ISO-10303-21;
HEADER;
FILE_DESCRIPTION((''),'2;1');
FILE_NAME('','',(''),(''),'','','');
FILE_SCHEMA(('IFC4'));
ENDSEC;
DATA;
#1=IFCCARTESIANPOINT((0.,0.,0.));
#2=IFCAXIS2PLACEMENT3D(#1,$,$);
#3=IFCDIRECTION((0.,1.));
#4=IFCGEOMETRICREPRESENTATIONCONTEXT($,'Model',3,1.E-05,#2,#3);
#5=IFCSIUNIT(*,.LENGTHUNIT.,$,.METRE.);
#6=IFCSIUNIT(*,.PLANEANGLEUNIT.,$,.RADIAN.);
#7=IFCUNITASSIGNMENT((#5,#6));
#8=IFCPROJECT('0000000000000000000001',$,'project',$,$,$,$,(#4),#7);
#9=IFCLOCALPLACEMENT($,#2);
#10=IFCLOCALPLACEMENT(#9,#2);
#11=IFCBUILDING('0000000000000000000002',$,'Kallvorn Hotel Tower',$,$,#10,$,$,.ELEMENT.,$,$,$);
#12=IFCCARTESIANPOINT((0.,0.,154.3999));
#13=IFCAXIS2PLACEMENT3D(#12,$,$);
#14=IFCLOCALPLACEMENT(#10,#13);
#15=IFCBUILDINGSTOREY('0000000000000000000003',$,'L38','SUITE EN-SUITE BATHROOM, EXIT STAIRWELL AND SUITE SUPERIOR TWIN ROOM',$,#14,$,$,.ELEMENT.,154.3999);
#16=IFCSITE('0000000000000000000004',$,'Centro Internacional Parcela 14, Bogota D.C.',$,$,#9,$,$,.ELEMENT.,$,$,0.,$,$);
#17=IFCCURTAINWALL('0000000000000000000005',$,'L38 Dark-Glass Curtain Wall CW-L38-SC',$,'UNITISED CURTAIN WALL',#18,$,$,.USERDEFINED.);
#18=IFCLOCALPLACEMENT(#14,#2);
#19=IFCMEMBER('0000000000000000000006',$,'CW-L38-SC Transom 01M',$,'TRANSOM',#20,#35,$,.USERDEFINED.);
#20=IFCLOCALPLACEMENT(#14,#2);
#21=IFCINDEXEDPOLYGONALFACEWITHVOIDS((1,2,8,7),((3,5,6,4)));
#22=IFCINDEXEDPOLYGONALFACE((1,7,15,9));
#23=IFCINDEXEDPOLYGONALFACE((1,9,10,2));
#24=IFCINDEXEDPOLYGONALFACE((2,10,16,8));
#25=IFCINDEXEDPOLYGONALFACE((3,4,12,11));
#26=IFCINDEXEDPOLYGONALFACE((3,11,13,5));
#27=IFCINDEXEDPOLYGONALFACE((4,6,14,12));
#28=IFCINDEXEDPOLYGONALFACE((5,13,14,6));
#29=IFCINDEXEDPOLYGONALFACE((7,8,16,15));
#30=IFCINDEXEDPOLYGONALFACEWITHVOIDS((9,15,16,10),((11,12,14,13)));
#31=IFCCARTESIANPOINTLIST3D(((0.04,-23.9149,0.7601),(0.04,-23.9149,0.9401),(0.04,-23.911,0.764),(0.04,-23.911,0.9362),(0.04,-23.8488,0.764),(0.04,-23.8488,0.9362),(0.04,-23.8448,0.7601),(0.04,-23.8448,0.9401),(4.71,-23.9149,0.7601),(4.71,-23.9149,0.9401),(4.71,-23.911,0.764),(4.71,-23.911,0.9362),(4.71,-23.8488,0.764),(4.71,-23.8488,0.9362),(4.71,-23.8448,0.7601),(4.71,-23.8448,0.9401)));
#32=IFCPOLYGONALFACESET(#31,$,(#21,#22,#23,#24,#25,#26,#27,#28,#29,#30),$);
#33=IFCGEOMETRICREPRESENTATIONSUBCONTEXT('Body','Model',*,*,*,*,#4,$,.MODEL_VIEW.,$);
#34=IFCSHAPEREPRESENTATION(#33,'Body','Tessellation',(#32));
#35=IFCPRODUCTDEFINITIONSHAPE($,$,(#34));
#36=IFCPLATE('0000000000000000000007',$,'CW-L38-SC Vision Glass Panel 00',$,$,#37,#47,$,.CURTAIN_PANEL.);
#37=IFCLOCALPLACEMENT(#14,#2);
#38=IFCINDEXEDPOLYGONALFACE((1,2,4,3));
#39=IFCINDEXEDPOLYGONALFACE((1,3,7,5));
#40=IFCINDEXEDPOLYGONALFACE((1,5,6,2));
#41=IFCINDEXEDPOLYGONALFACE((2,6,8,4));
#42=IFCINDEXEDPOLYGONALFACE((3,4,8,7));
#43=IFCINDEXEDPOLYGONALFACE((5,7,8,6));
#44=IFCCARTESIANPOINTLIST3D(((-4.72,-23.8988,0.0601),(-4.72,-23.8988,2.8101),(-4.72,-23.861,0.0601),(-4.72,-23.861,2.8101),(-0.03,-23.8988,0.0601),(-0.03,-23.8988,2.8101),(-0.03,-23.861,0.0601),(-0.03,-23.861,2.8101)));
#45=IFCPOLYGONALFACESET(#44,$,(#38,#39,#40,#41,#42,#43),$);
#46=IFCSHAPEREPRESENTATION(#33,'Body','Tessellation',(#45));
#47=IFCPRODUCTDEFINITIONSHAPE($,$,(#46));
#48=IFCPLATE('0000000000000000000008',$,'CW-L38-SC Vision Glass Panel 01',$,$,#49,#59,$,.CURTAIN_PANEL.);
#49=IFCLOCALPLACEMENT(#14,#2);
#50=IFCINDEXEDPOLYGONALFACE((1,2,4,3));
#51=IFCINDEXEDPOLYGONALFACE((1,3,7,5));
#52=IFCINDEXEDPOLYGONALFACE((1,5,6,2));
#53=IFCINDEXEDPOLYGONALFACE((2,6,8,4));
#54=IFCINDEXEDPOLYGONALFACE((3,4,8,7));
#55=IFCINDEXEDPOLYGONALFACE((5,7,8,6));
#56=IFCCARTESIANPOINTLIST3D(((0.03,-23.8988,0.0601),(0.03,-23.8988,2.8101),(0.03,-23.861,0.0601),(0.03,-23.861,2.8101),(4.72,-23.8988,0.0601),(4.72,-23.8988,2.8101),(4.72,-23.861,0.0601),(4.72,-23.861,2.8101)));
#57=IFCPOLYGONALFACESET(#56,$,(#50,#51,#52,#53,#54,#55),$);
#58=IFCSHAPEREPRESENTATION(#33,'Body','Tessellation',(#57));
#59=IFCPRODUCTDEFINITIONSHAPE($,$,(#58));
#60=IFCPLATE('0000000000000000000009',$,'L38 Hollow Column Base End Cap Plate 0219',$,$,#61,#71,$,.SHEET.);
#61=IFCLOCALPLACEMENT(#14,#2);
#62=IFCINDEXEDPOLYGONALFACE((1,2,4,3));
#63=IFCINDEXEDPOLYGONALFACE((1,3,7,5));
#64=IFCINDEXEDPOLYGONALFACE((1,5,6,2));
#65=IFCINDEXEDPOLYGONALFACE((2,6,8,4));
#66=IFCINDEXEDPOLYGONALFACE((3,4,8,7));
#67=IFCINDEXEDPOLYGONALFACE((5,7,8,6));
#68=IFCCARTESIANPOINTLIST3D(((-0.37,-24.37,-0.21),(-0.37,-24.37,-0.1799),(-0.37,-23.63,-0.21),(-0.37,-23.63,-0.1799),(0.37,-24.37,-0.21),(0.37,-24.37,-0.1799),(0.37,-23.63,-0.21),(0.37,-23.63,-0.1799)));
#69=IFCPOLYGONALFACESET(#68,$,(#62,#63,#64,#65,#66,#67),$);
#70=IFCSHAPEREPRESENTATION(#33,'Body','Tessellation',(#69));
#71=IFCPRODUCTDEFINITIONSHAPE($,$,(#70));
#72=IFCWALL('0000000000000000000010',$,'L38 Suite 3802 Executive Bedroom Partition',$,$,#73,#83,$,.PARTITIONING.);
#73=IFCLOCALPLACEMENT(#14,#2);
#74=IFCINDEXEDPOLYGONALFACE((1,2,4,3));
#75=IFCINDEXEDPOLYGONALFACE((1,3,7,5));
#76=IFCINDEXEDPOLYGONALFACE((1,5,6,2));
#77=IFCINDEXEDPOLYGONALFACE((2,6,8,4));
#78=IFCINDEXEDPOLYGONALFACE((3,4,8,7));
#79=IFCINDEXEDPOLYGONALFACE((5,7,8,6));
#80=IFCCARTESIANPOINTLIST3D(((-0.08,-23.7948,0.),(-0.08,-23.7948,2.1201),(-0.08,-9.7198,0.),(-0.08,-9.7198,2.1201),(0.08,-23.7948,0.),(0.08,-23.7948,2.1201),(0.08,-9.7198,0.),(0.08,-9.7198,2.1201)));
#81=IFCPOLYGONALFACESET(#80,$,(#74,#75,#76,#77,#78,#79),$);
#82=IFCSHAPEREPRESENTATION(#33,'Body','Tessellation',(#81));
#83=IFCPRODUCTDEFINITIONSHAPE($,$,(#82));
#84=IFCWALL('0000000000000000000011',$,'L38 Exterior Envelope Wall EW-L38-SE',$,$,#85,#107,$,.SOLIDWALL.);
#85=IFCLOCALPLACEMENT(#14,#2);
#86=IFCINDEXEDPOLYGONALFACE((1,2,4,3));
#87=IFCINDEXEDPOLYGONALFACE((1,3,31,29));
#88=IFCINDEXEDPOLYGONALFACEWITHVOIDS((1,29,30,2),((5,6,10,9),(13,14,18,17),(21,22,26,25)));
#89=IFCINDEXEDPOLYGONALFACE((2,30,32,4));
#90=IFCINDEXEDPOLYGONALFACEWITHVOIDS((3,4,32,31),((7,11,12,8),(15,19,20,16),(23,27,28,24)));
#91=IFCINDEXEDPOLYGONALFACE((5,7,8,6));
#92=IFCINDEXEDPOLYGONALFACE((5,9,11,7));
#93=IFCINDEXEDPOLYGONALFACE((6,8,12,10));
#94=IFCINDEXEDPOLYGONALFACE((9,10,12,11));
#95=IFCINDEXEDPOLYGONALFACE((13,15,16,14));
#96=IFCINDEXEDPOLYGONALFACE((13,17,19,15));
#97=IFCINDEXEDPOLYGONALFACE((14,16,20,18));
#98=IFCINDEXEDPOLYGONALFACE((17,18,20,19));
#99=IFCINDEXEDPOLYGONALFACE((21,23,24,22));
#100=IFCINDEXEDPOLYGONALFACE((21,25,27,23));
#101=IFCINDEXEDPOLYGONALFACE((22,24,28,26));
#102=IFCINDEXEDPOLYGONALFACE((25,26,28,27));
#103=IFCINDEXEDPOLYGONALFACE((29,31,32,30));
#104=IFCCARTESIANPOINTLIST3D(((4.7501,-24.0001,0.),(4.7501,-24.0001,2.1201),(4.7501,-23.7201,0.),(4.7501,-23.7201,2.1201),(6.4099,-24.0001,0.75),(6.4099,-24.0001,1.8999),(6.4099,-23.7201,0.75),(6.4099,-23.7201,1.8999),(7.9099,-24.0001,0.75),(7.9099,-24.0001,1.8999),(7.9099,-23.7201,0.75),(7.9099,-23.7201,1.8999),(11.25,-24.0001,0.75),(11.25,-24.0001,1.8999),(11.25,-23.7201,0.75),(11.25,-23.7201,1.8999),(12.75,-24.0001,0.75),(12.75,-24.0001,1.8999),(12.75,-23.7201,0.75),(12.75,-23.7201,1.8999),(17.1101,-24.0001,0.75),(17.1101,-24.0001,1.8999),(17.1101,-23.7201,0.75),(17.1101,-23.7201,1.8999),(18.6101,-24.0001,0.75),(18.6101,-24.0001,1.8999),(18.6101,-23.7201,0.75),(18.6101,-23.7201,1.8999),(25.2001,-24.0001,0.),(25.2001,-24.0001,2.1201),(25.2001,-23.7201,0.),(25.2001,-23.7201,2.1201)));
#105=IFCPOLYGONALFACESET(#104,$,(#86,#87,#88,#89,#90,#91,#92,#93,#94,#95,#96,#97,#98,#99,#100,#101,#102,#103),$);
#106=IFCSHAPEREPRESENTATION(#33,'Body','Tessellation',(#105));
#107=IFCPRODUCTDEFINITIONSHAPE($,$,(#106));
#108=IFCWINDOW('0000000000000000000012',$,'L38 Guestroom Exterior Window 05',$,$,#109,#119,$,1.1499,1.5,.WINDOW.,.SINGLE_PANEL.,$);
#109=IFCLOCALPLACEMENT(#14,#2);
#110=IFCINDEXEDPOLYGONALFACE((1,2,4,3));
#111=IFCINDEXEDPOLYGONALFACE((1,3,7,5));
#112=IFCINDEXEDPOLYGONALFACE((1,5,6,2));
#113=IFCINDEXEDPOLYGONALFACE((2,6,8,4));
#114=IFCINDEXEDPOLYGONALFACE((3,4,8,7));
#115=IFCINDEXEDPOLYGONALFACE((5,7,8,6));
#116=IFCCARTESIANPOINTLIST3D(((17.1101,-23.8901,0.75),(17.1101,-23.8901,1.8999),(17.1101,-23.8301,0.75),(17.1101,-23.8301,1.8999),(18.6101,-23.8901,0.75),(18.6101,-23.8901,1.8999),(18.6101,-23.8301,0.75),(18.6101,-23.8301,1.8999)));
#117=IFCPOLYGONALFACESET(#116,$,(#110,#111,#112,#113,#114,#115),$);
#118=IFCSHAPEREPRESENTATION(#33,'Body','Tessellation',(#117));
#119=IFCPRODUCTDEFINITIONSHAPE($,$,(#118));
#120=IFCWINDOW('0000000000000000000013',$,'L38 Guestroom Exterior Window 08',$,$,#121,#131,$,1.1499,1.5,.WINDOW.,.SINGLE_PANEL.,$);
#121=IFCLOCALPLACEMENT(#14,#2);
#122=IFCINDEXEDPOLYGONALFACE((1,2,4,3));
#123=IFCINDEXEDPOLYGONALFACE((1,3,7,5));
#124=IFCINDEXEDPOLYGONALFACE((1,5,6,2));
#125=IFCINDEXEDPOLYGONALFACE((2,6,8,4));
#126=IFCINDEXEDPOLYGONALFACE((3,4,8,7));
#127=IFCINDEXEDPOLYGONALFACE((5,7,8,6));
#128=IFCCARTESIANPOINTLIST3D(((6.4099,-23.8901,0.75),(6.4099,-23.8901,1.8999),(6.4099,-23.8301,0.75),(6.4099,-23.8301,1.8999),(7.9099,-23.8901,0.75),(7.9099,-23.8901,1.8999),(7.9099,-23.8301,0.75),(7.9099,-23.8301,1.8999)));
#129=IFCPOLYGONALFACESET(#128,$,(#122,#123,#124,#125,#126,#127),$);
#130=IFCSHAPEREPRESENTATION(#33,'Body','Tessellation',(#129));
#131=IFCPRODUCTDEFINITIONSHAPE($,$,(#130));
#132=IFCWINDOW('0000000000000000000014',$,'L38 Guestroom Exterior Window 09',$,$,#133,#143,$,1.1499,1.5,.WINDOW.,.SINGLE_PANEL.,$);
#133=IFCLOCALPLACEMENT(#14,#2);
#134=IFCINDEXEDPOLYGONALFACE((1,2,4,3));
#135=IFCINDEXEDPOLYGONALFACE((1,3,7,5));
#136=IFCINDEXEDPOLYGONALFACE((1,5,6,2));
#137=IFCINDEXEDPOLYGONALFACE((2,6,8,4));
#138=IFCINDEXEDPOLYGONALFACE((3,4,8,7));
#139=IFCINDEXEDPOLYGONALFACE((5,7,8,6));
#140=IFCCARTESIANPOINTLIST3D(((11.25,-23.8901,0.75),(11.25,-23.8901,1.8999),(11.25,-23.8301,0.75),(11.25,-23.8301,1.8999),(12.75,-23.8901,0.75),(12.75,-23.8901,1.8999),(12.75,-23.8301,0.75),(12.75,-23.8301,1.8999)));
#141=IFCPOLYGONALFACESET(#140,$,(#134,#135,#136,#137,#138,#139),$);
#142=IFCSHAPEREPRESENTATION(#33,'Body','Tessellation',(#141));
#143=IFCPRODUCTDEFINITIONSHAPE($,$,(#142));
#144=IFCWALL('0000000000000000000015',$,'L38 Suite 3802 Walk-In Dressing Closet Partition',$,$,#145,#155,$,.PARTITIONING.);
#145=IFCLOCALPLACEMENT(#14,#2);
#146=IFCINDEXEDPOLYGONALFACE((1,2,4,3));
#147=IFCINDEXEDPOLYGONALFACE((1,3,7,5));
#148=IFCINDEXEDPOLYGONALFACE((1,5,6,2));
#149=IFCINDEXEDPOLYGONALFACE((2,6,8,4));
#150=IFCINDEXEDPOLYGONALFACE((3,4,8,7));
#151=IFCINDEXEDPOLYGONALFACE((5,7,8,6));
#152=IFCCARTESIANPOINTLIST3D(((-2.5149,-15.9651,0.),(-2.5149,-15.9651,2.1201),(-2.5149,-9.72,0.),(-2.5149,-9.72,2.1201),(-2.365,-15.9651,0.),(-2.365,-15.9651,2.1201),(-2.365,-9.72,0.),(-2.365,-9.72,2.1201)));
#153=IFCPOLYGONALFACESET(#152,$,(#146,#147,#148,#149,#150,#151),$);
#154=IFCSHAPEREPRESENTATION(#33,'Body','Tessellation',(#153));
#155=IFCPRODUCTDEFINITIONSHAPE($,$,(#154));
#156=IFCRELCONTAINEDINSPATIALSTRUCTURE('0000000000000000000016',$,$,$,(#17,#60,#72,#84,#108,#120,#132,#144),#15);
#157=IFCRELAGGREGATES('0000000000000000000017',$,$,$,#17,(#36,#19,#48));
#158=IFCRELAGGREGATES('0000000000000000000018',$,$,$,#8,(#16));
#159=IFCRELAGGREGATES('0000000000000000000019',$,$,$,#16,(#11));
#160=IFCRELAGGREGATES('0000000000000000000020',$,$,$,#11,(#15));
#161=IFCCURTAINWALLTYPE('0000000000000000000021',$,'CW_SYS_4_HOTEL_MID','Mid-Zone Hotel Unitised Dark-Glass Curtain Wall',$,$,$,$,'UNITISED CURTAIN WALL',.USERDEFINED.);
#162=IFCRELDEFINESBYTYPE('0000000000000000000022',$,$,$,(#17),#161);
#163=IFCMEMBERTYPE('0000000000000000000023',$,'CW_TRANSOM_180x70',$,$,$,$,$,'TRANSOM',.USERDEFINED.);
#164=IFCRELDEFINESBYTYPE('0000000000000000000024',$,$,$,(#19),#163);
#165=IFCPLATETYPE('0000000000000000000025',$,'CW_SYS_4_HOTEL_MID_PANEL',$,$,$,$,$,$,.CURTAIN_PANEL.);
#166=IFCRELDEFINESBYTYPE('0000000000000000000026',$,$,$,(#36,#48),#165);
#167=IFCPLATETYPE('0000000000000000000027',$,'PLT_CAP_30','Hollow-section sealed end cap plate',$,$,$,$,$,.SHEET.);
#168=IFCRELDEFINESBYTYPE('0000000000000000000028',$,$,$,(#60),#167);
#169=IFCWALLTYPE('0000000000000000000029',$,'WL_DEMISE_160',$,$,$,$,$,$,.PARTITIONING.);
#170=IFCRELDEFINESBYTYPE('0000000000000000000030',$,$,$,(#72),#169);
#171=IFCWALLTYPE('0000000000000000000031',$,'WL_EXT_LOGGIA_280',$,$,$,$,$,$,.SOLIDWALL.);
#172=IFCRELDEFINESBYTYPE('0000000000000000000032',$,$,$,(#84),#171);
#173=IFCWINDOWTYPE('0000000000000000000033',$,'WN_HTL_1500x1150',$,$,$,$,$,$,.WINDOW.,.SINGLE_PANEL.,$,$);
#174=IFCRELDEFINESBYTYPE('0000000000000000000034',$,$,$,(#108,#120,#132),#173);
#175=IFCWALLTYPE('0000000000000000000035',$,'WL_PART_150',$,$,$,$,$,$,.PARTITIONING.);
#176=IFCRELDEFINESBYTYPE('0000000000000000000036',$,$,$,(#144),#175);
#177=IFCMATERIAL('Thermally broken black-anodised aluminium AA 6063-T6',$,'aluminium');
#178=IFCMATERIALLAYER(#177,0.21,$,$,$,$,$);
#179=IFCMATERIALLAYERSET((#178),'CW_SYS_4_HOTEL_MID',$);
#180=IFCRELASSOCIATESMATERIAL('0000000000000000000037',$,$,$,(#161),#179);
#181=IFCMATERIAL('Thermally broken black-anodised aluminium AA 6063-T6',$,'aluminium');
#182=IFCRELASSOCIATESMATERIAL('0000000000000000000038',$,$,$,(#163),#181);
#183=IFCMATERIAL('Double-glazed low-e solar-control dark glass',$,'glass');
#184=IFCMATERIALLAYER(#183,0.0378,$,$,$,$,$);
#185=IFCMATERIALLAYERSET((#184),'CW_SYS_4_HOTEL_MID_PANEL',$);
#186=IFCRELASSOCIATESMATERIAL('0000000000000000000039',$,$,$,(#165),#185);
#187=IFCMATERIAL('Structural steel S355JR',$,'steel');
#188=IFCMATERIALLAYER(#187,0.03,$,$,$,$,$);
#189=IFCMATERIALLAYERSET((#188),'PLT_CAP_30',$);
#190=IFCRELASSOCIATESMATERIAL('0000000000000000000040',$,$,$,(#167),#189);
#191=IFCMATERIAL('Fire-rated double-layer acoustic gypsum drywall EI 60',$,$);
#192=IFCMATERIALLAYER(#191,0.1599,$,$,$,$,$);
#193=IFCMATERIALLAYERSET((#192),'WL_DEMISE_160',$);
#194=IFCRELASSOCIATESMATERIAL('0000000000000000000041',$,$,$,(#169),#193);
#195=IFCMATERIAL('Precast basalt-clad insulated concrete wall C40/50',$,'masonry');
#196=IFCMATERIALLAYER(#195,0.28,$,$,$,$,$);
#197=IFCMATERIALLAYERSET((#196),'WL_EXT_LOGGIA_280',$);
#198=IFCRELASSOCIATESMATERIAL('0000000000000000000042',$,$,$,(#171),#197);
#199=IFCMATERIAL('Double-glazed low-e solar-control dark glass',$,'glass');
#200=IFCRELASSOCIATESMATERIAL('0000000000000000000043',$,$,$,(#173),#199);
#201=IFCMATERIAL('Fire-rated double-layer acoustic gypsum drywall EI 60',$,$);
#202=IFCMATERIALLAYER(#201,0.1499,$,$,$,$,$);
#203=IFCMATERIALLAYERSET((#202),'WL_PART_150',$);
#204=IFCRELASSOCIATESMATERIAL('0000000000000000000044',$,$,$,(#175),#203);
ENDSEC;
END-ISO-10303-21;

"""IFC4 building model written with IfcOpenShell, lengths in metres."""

from ifc_helpers import new_model, si_unit, direction, frame, frame_2d, origin, origin_2d, place, context, subcontext, project, spatial, rectangle, hollow_rectangle, extrude, material, layer, layer_set, material_profile, profile_set, type_object, element, fill, aggregate, save


model = new_model("IFC4")

# Units and contexts
model_context = context("Model", 3, precision=1e-05, world=origin(), true_north=direction((0.0, 1.0)))
body_context = subcontext(model_context, "Body", "Model", "MODEL_VIEW")
ifc_project = project(units=[si_unit("LENGTHUNIT", "METRE"), si_unit("PLANEANGLEUNIT", "RADIAN")], contexts=[model_context])

# Site, building, storey
site_placement = place(None, origin())
site = spatial("IfcSite", under=ifc_project, at=site_placement, Name="Centro Internacional Parcela 14, Bogota D.C.", CompositionType="ELEMENT", RefElevation=0.0)
building_placement = place(site_placement, origin())
building = spatial("IfcBuilding", under=site, at=building_placement, Name="Kallvorn Hotel Tower", CompositionType="ELEMENT")
storey_placement = place(building_placement, frame((0.0, 0.0, 154.3999)))
storey = spatial("IfcBuildingStorey", under=building, at=storey_placement, Name="L38", Description="SUITE EN-SUITE BATHROOM, EXIT STAIRWELL AND SUITE SUPERIOR TWIN ROOM", CompositionType="ELEMENT", Elevation=154.3999)

# Curtain wall, member, plates
ifc_material_1 = material(Name="Thermally broken black-anodised aluminium AA 6063-T6", Category="aluminium")
ifc_layer_1 = layer(ifc_material_1, 0.21)
ifc_layer_set_1 = layer_set([ifc_layer_1], Name="CW_SYS_4_HOTEL_MID")
curtain_wall_type = type_object("IfcCurtainWallType", Name="CW_SYS_4_HOTEL_MID", Description="Mid-Zone Hotel Unitised Dark-Glass Curtain Wall", ElementType="UNITISED CURTAIN WALL", PredefinedType="USERDEFINED", material=ifc_layer_set_1)
curtain_wall_placement = place(storey_placement, origin())
curtain_wall = element("IfcCurtainWall", 1, at=curtain_wall_placement, inside=storey, type_object=curtain_wall_type, Name="L38 Dark-Glass Curtain Wall CW-L38-SC", ObjectType="UNITISED CURTAIN WALL", PredefinedType="USERDEFINED")
ifc_material_2 = material(Name="Thermally broken black-anodised aluminium AA 6063-T6", Category="aluminium")
ifc_material_profile_1 = material_profile(ifc_material_2, hollow_rectangle(XDim=0.0701, YDim=0.1799, WallThickness=0.0039, at=origin_2d()), Name="TRN 180x70")
ifc_profile_set_1 = profile_set([ifc_material_profile_1], Name="Thermally broken black-anodised aluminium AA 6063-T6")
member_type_1 = type_object("IfcMemberType", Name="CW_TRANSOM_180x70", ElementType="TRANSOM", PredefinedType="USERDEFINED", material=ifc_profile_set_1)
member_1_placement = place(storey_placement, frame((0.04, -23.8799, 0.8501), z_axis=(1.0, 0.0, 0.0), x_axis=(0.0, 1.0, 0.0)))
member_1 = element("IfcMember", 2, at=member_1_placement, type_object=member_type_1, Name="CW-L38-SC Transom 01M", ObjectType="TRANSOM", PredefinedType="USERDEFINED", context=body_context, shape_type="SweptSolid", body=[
    extrude(hollow_rectangle(XDim=0.0701, YDim=0.1799, WallThickness=0.0039, at=origin_2d()), origin(), (0.0, 0.0, 1.0), 4.6699),
])
ifc_material_3 = material(Name="Double-glazed low-e solar-control dark glass", Category="glass")
ifc_layer_2 = layer(ifc_material_3, 0.0378)
ifc_layer_set_2 = layer_set([ifc_layer_2], Name="CW_SYS_4_HOTEL_MID_PANEL")
plate_type_1 = type_object("IfcPlateType", Name="CW_SYS_4_HOTEL_MID_PANEL", PredefinedType="CURTAIN_PANEL", material=ifc_layer_set_2)
plate_1_placement = place(storey_placement, frame((-2.375, -23.8799, 0.0601), z_axis=(0.0, 0.0, 1.0), x_axis=(1.0, 0.0, 0.0)))
plate_1 = element("IfcPlate", 3, at=plate_1_placement, type_object=plate_type_1, Name="CW-L38-SC Vision Glass Panel 00", PredefinedType="CURTAIN_PANEL", context=body_context, shape_type="SweptSolid", body=[
    extrude(rectangle(XDim=4.6899, YDim=0.0378, at=origin_2d()), origin(), (0.0, 0.0, 1.0), 2.75),
])
plate_2_placement = place(storey_placement, frame((2.375, -23.8799, 0.0601), z_axis=(0.0, 0.0, 1.0), x_axis=(1.0, 0.0, 0.0)))
plate_2 = element("IfcPlate", 4, at=plate_2_placement, type_object=plate_type_1, Name="CW-L38-SC Vision Glass Panel 01", PredefinedType="CURTAIN_PANEL", context=body_context, shape_type="SweptSolid", body=[
    extrude(rectangle(XDim=4.6899, YDim=0.0378, at=origin_2d()), origin(), (0.0, 0.0, 1.0), 2.75),
])
aggregate(curtain_wall, [plate_1, member_1, plate_2])

# Plate
ifc_material_4 = material(Name="Structural steel S355JR", Category="steel")
ifc_layer_3 = layer(ifc_material_4, 0.03)
ifc_layer_set_3 = layer_set([ifc_layer_3], Name="PLT_CAP_30")
plate_type_2 = type_object("IfcPlateType", Name="PLT_CAP_30", Description="Hollow-section sealed end cap plate", PredefinedType="SHEET", material=ifc_layer_set_3)
plate_3_placement = place(storey_placement, frame((0.0, -24.0, -0.21), z_axis=(0.0, 0.0, 1.0), x_axis=(1.0, 0.0, 0.0)))
element("IfcPlate", 5, at=plate_3_placement, inside=storey, type_object=plate_type_2, Name="L38 Hollow Column Base End Cap Plate 0219", PredefinedType="SHEET", context=body_context, shape_type="SweptSolid", body=[
    extrude(rectangle(XDim=0.74, YDim=0.74, at=origin_2d()), origin(), (0.0, 0.0, 1.0), 0.03),
])

# Wall
ifc_material_5 = material(Name="Fire-rated double-layer acoustic gypsum drywall EI 60")
ifc_layer_4 = layer(ifc_material_5, 0.1599)
ifc_layer_set_4 = layer_set([ifc_layer_4], Name="WL_DEMISE_160")
wall_type_1 = type_object("IfcWallType", Name="WL_DEMISE_160", PredefinedType="PARTITIONING", material=ifc_layer_set_4)
wall_1_placement = place(storey_placement, frame((0.0, -23.7949, 0.0), z_axis=(0.0, 0.0, 1.0), x_axis=(0.0, 1.0, 0.0)))
element("IfcWall", 6, at=wall_1_placement, inside=storey, type_object=wall_type_1, Name="L38 Suite 3802 Executive Bedroom Partition", PredefinedType="PARTITIONING", context=body_context, shape_type="SweptSolid", body=[
    extrude(rectangle(XDim=14.075, YDim=0.1599, at=frame_2d((7.0376, 0.0))), origin(), (0.0, 0.0, 1.0), 2.1201),
])

# Wall, openings, windows
ifc_material_6 = material(Name="Precast basalt-clad insulated concrete wall C40/50", Category="masonry")
ifc_layer_5 = layer(ifc_material_6, 0.28)
ifc_layer_set_5 = layer_set([ifc_layer_5], Name="WL_EXT_LOGGIA_280")
wall_type_2 = type_object("IfcWallType", Name="WL_EXT_LOGGIA_280", PredefinedType="SOLIDWALL", material=ifc_layer_set_5)
wall_2_placement = place(storey_placement, frame((4.75, -23.8601, 0.0), z_axis=(0.0, 0.0, 1.0), x_axis=(1.0, 0.0, 0.0)))
wall_2 = element("IfcWall", 7, at=wall_2_placement, inside=storey, type_object=wall_type_2, Name="L38 Exterior Envelope Wall EW-L38-SE", PredefinedType="SOLIDWALL", context=body_context, shape_type="SweptSolid", body=[
    extrude(rectangle(XDim=20.45, YDim=0.28, at=frame_2d((10.2251, 0.0))), origin(), (0.0, 0.0, 1.0), 2.1201),
])
opening_1_placement = place(wall_2_placement, frame((12.3601, 0.0, 0.75)))
opening_1 = element("IfcOpeningElement", 8, at=opening_1_placement, cuts=wall_2, PredefinedType="OPENING", context=body_context, shape_type="SweptSolid", body=[
    extrude(rectangle(XDim=1.5, YDim=1.1499, at=frame_2d((0.75, 0.575))), frame((0.0, 0.155, 0.0), z_axis=(0.0, -1.0, 0.0), x_axis=(1.0, 0.0, 0.0)), (0.0, 0.0, 1.0), 0.3101),
])
opening_2_placement = place(wall_2_placement, frame((1.6599, 0.0, 0.75)))
opening_2 = element("IfcOpeningElement", 9, at=opening_2_placement, cuts=wall_2, PredefinedType="OPENING", context=body_context, shape_type="SweptSolid", body=[
    extrude(rectangle(XDim=1.5, YDim=1.1499, at=frame_2d((0.75, 0.575))), frame((0.0, 0.155, 0.0), z_axis=(0.0, -1.0, 0.0), x_axis=(1.0, 0.0, 0.0)), (0.0, 0.0, 1.0), 0.3101),
])
opening_3_placement = place(wall_2_placement, frame((6.5, 0.0, 0.75)))
opening_3 = element("IfcOpeningElement", 10, at=opening_3_placement, cuts=wall_2, PredefinedType="OPENING", context=body_context, shape_type="SweptSolid", body=[
    extrude(rectangle(XDim=1.5, YDim=1.1499, at=frame_2d((0.75, 0.575))), frame((0.0, 0.155, 0.0), z_axis=(0.0, -1.0, 0.0), x_axis=(1.0, 0.0, 0.0)), (0.0, 0.0, 1.0), 0.3101),
])
ifc_material_7 = material(Name="Double-glazed low-e solar-control dark glass", Category="glass")
window_type = type_object("IfcWindowType", Name="WN_HTL_1500x1150", PartitioningType="SINGLE_PANEL", PredefinedType="WINDOW", material=ifc_material_7)
window_1_placement = place(opening_1_placement, origin())
window_1 = element("IfcWindow", 11, at=window_1_placement, inside=storey, type_object=window_type, Name="L38 Guestroom Exterior Window 05", OverallHeight=1.1499, OverallWidth=1.5, PartitioningType="SINGLE_PANEL", PredefinedType="WINDOW", context=body_context, shape_type="SweptSolid", body=[
    extrude(rectangle(XDim=1.5, YDim=1.1499, at=frame_2d((0.75, 0.575))), frame((0.0, 0.03, 0.0), z_axis=(0.0, -1.0, 0.0), x_axis=(1.0, 0.0, 0.0)), (0.0, 0.0, 1.0), 0.0601),
])
fill(opening_1, window_1)
window_2_placement = place(opening_2_placement, origin())
window_2 = element("IfcWindow", 12, at=window_2_placement, inside=storey, type_object=window_type, Name="L38 Guestroom Exterior Window 08", OverallHeight=1.1499, OverallWidth=1.5, PartitioningType="SINGLE_PANEL", PredefinedType="WINDOW", context=body_context, shape_type="SweptSolid", body=[
    extrude(rectangle(XDim=1.5, YDim=1.1499, at=frame_2d((0.75, 0.575))), frame((0.0, 0.03, 0.0), z_axis=(0.0, -1.0, 0.0), x_axis=(1.0, 0.0, 0.0)), (0.0, 0.0, 1.0), 0.0601),
])
fill(opening_2, window_2)
window_3_placement = place(opening_3_placement, origin())
window_3 = element("IfcWindow", 13, at=window_3_placement, inside=storey, type_object=window_type, Name="L38 Guestroom Exterior Window 09", OverallHeight=1.1499, OverallWidth=1.5, PartitioningType="SINGLE_PANEL", PredefinedType="WINDOW", context=body_context, shape_type="SweptSolid", body=[
    extrude(rectangle(XDim=1.5, YDim=1.1499, at=frame_2d((0.75, 0.575))), frame((0.0, 0.03, 0.0), z_axis=(0.0, -1.0, 0.0), x_axis=(1.0, 0.0, 0.0)), (0.0, 0.0, 1.0), 0.0601),
])
fill(opening_3, window_3)

# Wall
ifc_material_8 = material(Name="Fire-rated double-layer acoustic gypsum drywall EI 60")
ifc_layer_6 = layer(ifc_material_8, 0.1499)
ifc_layer_set_6 = layer_set([ifc_layer_6], Name="WL_PART_150")
wall_type_3 = type_object("IfcWallType", Name="WL_PART_150", PredefinedType="PARTITIONING", material=ifc_layer_set_6)
wall_3_placement = place(storey_placement, frame((-2.4399, -15.9651, 0.0), z_axis=(0.0, 0.0, 1.0), x_axis=(0.0, 1.0, 0.0)))
element("IfcWall", 14, at=wall_3_placement, inside=storey, type_object=wall_type_3, Name="L38 Suite 3802 Walk-In Dressing Closet Partition", PredefinedType="PARTITIONING", context=body_context, shape_type="SweptSolid", body=[
    extrude(rectangle(XDim=6.2451, YDim=0.1499, at=frame_2d((3.1226, 0.0))), origin(), (0.0, 0.0, 1.0), 2.1201),
])

save(model, "model.ifc")
